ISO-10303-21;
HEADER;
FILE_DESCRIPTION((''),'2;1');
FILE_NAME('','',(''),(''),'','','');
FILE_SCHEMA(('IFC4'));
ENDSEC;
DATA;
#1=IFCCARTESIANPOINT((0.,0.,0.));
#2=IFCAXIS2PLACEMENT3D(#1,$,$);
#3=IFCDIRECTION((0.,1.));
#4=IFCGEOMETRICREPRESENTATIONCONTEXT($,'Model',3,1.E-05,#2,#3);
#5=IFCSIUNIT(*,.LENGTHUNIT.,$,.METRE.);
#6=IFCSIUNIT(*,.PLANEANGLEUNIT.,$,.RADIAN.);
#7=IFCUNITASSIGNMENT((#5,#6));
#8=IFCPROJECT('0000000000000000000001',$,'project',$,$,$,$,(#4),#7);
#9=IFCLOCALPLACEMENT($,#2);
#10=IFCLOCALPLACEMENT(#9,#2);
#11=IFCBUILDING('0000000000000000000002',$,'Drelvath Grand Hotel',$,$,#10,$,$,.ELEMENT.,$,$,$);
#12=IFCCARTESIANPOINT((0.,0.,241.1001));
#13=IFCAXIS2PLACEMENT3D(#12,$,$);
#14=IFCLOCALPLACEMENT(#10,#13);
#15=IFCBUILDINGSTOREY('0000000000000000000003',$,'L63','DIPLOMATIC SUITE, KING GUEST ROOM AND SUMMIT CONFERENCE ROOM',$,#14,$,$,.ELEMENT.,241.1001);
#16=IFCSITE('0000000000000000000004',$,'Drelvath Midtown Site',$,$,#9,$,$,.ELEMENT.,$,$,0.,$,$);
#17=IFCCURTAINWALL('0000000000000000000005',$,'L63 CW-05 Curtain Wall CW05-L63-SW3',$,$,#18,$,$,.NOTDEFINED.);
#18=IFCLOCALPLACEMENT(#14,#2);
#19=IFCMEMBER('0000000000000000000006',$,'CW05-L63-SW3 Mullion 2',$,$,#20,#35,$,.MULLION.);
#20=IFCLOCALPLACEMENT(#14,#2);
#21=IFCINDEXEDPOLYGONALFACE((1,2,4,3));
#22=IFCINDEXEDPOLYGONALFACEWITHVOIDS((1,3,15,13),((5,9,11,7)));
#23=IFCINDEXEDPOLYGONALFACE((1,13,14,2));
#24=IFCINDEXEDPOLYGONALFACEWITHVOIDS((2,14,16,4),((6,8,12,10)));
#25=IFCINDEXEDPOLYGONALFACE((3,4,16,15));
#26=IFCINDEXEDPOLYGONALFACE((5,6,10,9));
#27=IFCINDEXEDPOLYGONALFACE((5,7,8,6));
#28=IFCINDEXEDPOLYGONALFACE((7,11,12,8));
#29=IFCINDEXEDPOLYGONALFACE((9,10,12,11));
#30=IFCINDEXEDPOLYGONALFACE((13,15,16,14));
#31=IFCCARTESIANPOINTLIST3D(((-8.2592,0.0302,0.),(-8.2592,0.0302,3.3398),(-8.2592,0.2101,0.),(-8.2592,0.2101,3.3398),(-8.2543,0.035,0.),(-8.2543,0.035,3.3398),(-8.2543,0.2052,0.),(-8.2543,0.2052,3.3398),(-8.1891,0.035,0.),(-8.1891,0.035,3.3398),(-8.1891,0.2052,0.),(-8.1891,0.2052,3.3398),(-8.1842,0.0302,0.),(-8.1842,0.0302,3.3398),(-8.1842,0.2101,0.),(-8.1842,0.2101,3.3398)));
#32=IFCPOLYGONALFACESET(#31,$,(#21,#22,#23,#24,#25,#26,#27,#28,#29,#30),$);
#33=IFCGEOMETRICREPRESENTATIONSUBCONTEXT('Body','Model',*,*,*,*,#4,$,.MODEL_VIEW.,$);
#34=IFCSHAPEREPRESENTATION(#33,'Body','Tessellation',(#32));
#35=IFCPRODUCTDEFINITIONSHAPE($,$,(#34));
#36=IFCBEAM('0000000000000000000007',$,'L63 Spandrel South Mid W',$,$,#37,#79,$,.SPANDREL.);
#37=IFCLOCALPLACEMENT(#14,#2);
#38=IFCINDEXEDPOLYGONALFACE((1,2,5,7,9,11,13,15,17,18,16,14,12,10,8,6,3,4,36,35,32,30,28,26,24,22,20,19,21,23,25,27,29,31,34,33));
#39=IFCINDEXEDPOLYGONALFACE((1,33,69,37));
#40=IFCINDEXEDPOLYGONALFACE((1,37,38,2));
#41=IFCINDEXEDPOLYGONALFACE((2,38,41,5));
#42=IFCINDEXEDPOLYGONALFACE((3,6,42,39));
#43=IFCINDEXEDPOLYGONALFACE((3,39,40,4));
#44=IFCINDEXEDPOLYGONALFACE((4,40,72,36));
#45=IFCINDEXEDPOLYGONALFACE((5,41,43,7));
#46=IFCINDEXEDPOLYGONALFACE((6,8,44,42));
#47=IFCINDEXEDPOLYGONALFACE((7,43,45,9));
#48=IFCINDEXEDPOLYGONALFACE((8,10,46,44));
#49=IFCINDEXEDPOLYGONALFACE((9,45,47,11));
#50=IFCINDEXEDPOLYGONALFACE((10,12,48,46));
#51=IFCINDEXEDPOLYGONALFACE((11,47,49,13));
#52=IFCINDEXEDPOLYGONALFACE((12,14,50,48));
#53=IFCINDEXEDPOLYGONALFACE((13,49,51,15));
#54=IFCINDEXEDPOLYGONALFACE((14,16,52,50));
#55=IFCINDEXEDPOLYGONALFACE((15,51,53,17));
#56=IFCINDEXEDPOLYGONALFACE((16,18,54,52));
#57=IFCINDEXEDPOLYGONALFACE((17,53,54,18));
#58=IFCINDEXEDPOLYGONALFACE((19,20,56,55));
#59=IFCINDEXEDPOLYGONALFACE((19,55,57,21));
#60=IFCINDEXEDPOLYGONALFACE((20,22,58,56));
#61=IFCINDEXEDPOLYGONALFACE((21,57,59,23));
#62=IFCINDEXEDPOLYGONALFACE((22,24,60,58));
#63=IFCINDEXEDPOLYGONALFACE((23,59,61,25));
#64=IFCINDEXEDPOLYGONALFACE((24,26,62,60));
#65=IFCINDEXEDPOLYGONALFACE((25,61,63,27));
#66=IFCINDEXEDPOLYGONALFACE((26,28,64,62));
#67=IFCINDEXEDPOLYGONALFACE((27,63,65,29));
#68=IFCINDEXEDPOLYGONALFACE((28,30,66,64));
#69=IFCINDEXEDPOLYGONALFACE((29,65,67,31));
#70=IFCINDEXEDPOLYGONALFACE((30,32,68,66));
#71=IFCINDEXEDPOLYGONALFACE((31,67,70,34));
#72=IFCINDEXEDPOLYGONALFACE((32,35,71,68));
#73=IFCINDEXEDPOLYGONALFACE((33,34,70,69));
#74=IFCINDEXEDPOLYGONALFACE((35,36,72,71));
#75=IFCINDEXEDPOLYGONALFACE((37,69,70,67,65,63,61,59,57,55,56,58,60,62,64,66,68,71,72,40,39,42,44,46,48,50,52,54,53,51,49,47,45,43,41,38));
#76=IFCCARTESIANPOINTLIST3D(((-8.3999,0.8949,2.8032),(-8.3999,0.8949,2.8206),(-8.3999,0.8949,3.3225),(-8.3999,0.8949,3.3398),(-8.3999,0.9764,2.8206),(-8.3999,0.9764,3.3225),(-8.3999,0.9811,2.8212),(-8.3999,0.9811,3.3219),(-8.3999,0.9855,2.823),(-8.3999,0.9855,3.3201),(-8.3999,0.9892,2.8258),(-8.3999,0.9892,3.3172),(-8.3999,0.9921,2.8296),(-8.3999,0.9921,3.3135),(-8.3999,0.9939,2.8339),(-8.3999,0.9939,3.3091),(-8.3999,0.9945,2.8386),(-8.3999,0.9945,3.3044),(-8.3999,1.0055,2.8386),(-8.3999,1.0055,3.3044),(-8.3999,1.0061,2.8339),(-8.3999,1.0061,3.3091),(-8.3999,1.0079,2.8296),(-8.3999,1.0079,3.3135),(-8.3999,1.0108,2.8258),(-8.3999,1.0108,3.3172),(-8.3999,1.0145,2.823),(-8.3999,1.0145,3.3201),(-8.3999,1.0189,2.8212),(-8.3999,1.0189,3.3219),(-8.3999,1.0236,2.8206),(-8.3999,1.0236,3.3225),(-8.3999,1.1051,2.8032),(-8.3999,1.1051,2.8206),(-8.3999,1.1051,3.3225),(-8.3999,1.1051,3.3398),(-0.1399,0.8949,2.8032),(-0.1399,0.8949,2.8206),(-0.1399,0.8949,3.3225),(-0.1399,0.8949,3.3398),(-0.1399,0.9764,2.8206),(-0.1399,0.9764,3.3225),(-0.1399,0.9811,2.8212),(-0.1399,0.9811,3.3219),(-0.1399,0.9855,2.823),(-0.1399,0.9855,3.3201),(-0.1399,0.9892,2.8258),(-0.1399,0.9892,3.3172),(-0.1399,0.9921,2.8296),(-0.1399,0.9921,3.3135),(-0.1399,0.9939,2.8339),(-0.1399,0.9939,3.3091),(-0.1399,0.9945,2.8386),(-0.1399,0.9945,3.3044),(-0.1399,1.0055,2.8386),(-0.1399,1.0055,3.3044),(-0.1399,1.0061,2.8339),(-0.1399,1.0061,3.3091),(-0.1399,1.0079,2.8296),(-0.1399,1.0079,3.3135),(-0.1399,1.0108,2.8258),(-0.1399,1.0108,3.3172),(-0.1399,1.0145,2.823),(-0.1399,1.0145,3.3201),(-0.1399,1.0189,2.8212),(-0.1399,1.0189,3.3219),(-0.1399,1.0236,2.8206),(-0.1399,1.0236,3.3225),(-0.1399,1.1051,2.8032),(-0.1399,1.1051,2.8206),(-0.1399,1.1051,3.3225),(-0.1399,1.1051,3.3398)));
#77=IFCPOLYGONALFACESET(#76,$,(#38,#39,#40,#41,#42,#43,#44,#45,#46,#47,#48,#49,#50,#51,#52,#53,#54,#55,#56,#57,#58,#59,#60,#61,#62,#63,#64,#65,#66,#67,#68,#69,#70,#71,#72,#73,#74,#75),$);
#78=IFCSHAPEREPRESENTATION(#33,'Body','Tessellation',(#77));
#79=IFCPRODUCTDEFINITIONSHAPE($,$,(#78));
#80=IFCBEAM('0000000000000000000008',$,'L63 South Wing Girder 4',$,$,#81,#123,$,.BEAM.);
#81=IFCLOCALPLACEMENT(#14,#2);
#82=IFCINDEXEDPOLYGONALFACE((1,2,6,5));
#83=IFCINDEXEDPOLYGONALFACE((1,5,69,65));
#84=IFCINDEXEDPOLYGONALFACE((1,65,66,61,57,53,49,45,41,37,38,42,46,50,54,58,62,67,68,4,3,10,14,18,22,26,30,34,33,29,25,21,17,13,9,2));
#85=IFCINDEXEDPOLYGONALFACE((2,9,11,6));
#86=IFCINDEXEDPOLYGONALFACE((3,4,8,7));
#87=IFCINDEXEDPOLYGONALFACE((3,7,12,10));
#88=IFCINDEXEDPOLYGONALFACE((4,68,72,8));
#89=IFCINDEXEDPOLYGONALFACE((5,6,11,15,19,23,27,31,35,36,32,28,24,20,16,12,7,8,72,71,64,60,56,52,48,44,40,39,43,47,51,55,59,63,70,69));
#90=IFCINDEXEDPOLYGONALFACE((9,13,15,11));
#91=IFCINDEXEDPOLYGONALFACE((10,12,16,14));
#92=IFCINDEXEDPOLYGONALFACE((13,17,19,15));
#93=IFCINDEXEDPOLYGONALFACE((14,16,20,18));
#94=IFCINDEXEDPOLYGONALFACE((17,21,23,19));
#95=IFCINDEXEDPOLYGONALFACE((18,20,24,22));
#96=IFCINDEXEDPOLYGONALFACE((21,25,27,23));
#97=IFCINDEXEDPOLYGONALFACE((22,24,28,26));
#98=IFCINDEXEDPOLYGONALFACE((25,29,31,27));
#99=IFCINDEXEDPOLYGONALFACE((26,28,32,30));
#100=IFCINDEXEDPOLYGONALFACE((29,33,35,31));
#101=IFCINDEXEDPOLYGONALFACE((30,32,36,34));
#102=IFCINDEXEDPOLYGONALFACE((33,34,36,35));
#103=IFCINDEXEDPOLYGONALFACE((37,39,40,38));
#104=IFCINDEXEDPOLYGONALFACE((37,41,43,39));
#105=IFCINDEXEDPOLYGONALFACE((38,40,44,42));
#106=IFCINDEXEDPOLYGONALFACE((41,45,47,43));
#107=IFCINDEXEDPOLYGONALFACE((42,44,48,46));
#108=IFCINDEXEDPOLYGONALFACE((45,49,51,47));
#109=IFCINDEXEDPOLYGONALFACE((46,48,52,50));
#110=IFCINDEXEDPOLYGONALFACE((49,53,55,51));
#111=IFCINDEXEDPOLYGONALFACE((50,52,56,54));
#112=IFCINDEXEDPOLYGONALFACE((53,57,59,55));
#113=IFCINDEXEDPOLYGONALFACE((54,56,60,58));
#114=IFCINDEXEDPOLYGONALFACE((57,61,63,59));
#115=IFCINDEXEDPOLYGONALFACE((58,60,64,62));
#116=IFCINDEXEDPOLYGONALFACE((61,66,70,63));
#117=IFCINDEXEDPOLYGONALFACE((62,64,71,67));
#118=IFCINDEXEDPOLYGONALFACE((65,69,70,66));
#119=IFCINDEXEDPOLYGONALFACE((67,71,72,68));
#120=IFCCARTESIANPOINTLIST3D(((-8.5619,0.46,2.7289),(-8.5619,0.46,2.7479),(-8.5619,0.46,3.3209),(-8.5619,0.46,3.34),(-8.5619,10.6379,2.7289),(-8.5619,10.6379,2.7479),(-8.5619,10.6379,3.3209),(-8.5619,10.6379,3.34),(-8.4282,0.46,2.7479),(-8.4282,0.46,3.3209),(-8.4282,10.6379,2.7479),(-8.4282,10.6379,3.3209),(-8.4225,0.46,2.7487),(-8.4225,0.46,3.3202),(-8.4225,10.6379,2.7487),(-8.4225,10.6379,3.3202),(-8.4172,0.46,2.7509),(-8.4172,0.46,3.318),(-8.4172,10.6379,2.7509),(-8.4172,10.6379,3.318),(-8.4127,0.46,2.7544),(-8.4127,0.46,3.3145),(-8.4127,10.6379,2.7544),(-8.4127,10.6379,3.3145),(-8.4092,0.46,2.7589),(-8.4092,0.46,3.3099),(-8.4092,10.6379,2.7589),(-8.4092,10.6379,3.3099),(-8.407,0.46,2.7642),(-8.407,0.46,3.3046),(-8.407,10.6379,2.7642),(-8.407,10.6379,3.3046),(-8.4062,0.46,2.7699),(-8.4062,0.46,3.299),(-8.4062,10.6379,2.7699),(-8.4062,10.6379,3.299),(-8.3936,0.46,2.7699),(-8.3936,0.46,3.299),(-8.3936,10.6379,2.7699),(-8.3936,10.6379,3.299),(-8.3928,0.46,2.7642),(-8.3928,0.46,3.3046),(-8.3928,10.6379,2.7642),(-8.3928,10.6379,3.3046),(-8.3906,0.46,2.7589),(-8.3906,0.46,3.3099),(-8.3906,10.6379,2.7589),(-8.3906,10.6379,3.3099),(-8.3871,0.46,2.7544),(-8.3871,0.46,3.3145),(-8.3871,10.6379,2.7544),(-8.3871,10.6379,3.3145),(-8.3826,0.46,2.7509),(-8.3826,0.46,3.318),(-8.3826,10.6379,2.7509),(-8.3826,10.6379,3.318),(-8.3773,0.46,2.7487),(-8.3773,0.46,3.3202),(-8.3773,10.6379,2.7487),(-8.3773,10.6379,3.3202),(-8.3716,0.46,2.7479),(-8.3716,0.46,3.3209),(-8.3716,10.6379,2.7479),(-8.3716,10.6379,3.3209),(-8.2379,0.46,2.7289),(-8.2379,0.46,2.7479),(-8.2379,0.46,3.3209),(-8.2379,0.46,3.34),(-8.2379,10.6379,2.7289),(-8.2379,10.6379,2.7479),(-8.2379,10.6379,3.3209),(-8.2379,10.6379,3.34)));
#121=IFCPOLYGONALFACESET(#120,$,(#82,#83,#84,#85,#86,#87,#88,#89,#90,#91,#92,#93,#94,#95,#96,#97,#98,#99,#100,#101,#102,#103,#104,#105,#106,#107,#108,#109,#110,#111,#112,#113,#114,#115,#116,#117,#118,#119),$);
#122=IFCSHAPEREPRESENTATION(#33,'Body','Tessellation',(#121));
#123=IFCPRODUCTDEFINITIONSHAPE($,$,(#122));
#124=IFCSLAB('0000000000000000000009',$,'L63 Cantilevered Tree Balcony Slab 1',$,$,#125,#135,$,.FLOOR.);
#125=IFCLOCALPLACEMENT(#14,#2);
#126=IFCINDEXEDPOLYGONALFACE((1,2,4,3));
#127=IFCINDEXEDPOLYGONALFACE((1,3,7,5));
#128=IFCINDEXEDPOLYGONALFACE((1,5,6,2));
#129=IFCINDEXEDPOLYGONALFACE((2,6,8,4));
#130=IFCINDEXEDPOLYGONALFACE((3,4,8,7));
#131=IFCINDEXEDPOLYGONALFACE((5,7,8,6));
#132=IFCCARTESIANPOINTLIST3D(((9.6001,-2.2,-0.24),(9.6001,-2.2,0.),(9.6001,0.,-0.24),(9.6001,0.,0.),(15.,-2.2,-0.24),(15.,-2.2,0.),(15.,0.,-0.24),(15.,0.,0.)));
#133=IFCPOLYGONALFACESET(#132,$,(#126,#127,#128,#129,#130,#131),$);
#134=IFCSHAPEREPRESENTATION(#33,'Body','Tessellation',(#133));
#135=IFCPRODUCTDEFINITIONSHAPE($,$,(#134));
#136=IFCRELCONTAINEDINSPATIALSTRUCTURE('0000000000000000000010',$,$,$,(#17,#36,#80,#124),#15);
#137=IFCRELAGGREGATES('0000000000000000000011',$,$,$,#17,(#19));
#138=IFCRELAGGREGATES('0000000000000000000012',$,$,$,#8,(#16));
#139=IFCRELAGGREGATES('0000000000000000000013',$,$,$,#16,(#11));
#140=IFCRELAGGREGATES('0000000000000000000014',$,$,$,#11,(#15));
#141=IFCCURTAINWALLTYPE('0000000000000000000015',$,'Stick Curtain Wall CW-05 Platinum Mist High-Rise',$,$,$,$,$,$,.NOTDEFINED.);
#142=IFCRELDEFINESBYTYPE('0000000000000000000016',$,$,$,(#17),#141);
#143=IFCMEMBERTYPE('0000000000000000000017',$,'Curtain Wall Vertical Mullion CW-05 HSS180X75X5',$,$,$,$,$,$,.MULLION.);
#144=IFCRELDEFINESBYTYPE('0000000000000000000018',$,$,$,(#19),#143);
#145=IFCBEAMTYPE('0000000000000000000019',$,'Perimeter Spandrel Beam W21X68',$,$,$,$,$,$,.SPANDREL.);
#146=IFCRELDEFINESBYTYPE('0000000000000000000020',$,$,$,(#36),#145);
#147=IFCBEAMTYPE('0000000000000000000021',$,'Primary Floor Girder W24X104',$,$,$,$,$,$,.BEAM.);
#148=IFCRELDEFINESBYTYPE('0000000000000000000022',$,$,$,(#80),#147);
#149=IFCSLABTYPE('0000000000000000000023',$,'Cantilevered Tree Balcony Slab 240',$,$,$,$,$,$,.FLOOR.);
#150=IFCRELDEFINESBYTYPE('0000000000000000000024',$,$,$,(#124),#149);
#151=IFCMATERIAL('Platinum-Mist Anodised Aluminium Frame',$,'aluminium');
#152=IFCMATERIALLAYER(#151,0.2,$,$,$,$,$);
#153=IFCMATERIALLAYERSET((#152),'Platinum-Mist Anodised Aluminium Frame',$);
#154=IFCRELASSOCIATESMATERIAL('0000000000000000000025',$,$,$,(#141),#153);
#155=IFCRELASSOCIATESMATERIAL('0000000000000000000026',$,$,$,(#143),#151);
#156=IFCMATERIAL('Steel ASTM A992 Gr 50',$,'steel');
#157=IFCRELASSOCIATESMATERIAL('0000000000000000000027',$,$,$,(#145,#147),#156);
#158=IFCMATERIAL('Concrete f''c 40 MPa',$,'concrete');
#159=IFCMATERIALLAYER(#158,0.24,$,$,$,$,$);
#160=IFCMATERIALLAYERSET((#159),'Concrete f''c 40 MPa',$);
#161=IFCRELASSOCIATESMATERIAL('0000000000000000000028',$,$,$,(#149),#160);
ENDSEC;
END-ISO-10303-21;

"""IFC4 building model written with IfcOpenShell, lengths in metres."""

from ifc_helpers import new_model, si_unit, direction, frame, origin, origin_2d, place, context, subcontext, project, spatial, polyline, hollow_rectangle, i_section, outline, extrude, material, layer, layer_set, material_profile, profile_set, type_object, element, aggregate, save


model = new_model("IFC4")

# Units and contexts
model_context = context("Model", 3, precision=1e-05, world=origin(), true_north=direction((0.0, 1.0)))
body_context = subcontext(model_context, "Body", "Model", "MODEL_VIEW")
ifc_project = project(units=[si_unit("LENGTHUNIT", "METRE"), si_unit("PLANEANGLEUNIT", "RADIAN")], contexts=[model_context])

# Site, building, storey
site_placement = place(None, origin())
site = spatial("IfcSite", under=ifc_project, at=site_placement, Name="Drelvath Midtown Site", CompositionType="ELEMENT", RefElevation=0.0)
building_placement = place(site_placement, origin())
building = spatial("IfcBuilding", under=site, at=building_placement, Name="Drelvath Grand Hotel", CompositionType="ELEMENT")
storey_placement = place(building_placement, frame((0.0, 0.0, 241.1001)))
storey = spatial("IfcBuildingStorey", under=building, at=storey_placement, Name="L63", Description="DIPLOMATIC SUITE, KING GUEST ROOM AND SUMMIT CONFERENCE ROOM", CompositionType="ELEMENT", Elevation=241.1001)

# Curtain wall
ifc_material_1 = material(Name="Platinum-Mist Anodised Aluminium Frame", Category="aluminium")
ifc_layer_1 = layer(ifc_material_1, 0.2)
ifc_layer_set_1 = layer_set([ifc_layer_1], Name="Platinum-Mist Anodised Aluminium Frame")
curtain_wall_type = type_object("IfcCurtainWallType", Name="Stick Curtain Wall CW-05 Platinum Mist High-Rise", PredefinedType="NOTDEFINED", material=ifc_layer_set_1)
curtain_wall_1_placement = place(storey_placement, origin())
curtain_wall_1 = element("IfcCurtainWall", 1, at=curtain_wall_1_placement, inside=storey, type_object=curtain_wall_type, Name="L63 CW-05 Curtain Wall CW05-L63-SW3", PredefinedType="NOTDEFINED")

# Member
ifc_material_profile_1 = material_profile(ifc_material_1, hollow_rectangle(XDim=0.075, YDim=0.1799, WallThickness=0.0049, at=origin_2d()), Name="HSS180X75X5")
ifc_profile_set_1 = profile_set([ifc_material_profile_1], Name="Platinum-Mist Anodised Aluminium Frame")
member_type_1 = type_object("IfcMemberType", Name="Curtain Wall Vertical Mullion CW-05 HSS180X75X5", PredefinedType="MULLION", material=ifc_profile_set_1)
member_1_placement = place(storey_placement, frame((-8.2217, 0.1201, 0.0), z_axis=(0.0, 0.0, 1.0), x_axis=(1.0, 0.0, 0.0)))
member_1 = element("IfcMember", 2, at=member_1_placement, type_object=member_type_1, Name="CW05-L63-SW3 Mullion 2", PredefinedType="MULLION", context=body_context, shape_type="SweptSolid", body=[
    extrude(hollow_rectangle(XDim=0.075, YDim=0.1799, WallThickness=0.0049, at=origin_2d()), origin(), (0.0, 0.0, 1.0), 3.3398),
])

# Beams
ifc_material_2 = material(Name="Steel ASTM A992 Gr 50", Category="steel")
ifc_material_profile_2 = material_profile(ifc_material_2, i_section(OverallWidth=0.2102, OverallDepth=0.5366, WebThickness=0.011, FlangeThickness=0.0173, FilletRadius=0.0181, at=origin_2d()), Name="W21X68")
ifc_profile_set_2 = profile_set([ifc_material_profile_2], Name="Steel ASTM A992 Gr 50")
beam_type_1 = type_object("IfcBeamType", Name="Perimeter Spandrel Beam W21X68", PredefinedType="SPANDREL", material=ifc_profile_set_2)
beam_1_placement = place(storey_placement, frame((-8.3999, 1.0, 3.0715), z_axis=(1.0, 0.0, 0.0), x_axis=(0.0, 1.0, 0.0)))
element("IfcBeam", 3, at=beam_1_placement, inside=storey, type_object=beam_type_1, Name="L63 Spandrel South Mid W", PredefinedType="SPANDREL", context=body_context, shape_type="SweptSolid", body=[
    extrude(i_section(OverallWidth=0.2102, OverallDepth=0.5366, WebThickness=0.011, FlangeThickness=0.0173, FilletRadius=0.0181, at=origin_2d()), origin(), (0.0, 0.0, 1.0), 8.26),
])
ifc_material_profile_3 = material_profile(ifc_material_2, i_section(OverallWidth=0.324, OverallDepth=0.6111, WebThickness=0.0127, FlangeThickness=0.019, FilletRadius=0.022, at=origin_2d()), Name="W24X104")
ifc_profile_set_3 = profile_set([ifc_material_profile_3], Name="Steel ASTM A992 Gr 50")
beam_type_2 = type_object("IfcBeamType", Name="Primary Floor Girder W24X104", PredefinedType="BEAM", material=ifc_profile_set_3)
beam_2_placement = place(storey_placement, frame((-8.3999, 0.46, 3.0344), z_axis=(0.0, 1.0, 0.0), x_axis=(-1.0, 0.0, 0.0)))
element("IfcBeam", 4, at=beam_2_placement, inside=storey, type_object=beam_type_2, Name="L63 South Wing Girder 4", PredefinedType="BEAM", context=body_context, shape_type="SweptSolid", body=[
    extrude(i_section(OverallWidth=0.324, OverallDepth=0.6111, WebThickness=0.0127, FlangeThickness=0.019, FilletRadius=0.022, at=origin_2d()), origin(), (0.0, 0.0, 1.0), 10.178),
])

# Slab
ifc_material_3 = material(Name="Concrete f'c 40 MPa", Category="concrete")
ifc_layer_2 = layer(ifc_material_3, 0.24)
ifc_layer_set_2 = layer_set([ifc_layer_2], Name="Concrete f'c 40 MPa")
slab_type_1 = type_object("IfcSlabType", Name="Cantilevered Tree Balcony Slab 240", PredefinedType="FLOOR", material=ifc_layer_set_2)
slab_1_placement = place(storey_placement, frame((0.0, 0.0, -0.24)))
element("IfcSlab", 5, at=slab_1_placement, inside=storey, type_object=slab_type_1, Name="L63 Cantilevered Tree Balcony Slab 1", PredefinedType="FLOOR", context=body_context, shape_type="SweptSolid", body=[
    extrude(outline(polyline([(9.6001, -2.2), (15.0, -2.2), (15.0, 0.0), (9.6001, 0.0), (9.6001, -2.2)])), origin(), (0.0, 0.0, 1.0), 0.24),
])

aggregate(curtain_wall_1, [member_1])

save(model, "model.ifc")
